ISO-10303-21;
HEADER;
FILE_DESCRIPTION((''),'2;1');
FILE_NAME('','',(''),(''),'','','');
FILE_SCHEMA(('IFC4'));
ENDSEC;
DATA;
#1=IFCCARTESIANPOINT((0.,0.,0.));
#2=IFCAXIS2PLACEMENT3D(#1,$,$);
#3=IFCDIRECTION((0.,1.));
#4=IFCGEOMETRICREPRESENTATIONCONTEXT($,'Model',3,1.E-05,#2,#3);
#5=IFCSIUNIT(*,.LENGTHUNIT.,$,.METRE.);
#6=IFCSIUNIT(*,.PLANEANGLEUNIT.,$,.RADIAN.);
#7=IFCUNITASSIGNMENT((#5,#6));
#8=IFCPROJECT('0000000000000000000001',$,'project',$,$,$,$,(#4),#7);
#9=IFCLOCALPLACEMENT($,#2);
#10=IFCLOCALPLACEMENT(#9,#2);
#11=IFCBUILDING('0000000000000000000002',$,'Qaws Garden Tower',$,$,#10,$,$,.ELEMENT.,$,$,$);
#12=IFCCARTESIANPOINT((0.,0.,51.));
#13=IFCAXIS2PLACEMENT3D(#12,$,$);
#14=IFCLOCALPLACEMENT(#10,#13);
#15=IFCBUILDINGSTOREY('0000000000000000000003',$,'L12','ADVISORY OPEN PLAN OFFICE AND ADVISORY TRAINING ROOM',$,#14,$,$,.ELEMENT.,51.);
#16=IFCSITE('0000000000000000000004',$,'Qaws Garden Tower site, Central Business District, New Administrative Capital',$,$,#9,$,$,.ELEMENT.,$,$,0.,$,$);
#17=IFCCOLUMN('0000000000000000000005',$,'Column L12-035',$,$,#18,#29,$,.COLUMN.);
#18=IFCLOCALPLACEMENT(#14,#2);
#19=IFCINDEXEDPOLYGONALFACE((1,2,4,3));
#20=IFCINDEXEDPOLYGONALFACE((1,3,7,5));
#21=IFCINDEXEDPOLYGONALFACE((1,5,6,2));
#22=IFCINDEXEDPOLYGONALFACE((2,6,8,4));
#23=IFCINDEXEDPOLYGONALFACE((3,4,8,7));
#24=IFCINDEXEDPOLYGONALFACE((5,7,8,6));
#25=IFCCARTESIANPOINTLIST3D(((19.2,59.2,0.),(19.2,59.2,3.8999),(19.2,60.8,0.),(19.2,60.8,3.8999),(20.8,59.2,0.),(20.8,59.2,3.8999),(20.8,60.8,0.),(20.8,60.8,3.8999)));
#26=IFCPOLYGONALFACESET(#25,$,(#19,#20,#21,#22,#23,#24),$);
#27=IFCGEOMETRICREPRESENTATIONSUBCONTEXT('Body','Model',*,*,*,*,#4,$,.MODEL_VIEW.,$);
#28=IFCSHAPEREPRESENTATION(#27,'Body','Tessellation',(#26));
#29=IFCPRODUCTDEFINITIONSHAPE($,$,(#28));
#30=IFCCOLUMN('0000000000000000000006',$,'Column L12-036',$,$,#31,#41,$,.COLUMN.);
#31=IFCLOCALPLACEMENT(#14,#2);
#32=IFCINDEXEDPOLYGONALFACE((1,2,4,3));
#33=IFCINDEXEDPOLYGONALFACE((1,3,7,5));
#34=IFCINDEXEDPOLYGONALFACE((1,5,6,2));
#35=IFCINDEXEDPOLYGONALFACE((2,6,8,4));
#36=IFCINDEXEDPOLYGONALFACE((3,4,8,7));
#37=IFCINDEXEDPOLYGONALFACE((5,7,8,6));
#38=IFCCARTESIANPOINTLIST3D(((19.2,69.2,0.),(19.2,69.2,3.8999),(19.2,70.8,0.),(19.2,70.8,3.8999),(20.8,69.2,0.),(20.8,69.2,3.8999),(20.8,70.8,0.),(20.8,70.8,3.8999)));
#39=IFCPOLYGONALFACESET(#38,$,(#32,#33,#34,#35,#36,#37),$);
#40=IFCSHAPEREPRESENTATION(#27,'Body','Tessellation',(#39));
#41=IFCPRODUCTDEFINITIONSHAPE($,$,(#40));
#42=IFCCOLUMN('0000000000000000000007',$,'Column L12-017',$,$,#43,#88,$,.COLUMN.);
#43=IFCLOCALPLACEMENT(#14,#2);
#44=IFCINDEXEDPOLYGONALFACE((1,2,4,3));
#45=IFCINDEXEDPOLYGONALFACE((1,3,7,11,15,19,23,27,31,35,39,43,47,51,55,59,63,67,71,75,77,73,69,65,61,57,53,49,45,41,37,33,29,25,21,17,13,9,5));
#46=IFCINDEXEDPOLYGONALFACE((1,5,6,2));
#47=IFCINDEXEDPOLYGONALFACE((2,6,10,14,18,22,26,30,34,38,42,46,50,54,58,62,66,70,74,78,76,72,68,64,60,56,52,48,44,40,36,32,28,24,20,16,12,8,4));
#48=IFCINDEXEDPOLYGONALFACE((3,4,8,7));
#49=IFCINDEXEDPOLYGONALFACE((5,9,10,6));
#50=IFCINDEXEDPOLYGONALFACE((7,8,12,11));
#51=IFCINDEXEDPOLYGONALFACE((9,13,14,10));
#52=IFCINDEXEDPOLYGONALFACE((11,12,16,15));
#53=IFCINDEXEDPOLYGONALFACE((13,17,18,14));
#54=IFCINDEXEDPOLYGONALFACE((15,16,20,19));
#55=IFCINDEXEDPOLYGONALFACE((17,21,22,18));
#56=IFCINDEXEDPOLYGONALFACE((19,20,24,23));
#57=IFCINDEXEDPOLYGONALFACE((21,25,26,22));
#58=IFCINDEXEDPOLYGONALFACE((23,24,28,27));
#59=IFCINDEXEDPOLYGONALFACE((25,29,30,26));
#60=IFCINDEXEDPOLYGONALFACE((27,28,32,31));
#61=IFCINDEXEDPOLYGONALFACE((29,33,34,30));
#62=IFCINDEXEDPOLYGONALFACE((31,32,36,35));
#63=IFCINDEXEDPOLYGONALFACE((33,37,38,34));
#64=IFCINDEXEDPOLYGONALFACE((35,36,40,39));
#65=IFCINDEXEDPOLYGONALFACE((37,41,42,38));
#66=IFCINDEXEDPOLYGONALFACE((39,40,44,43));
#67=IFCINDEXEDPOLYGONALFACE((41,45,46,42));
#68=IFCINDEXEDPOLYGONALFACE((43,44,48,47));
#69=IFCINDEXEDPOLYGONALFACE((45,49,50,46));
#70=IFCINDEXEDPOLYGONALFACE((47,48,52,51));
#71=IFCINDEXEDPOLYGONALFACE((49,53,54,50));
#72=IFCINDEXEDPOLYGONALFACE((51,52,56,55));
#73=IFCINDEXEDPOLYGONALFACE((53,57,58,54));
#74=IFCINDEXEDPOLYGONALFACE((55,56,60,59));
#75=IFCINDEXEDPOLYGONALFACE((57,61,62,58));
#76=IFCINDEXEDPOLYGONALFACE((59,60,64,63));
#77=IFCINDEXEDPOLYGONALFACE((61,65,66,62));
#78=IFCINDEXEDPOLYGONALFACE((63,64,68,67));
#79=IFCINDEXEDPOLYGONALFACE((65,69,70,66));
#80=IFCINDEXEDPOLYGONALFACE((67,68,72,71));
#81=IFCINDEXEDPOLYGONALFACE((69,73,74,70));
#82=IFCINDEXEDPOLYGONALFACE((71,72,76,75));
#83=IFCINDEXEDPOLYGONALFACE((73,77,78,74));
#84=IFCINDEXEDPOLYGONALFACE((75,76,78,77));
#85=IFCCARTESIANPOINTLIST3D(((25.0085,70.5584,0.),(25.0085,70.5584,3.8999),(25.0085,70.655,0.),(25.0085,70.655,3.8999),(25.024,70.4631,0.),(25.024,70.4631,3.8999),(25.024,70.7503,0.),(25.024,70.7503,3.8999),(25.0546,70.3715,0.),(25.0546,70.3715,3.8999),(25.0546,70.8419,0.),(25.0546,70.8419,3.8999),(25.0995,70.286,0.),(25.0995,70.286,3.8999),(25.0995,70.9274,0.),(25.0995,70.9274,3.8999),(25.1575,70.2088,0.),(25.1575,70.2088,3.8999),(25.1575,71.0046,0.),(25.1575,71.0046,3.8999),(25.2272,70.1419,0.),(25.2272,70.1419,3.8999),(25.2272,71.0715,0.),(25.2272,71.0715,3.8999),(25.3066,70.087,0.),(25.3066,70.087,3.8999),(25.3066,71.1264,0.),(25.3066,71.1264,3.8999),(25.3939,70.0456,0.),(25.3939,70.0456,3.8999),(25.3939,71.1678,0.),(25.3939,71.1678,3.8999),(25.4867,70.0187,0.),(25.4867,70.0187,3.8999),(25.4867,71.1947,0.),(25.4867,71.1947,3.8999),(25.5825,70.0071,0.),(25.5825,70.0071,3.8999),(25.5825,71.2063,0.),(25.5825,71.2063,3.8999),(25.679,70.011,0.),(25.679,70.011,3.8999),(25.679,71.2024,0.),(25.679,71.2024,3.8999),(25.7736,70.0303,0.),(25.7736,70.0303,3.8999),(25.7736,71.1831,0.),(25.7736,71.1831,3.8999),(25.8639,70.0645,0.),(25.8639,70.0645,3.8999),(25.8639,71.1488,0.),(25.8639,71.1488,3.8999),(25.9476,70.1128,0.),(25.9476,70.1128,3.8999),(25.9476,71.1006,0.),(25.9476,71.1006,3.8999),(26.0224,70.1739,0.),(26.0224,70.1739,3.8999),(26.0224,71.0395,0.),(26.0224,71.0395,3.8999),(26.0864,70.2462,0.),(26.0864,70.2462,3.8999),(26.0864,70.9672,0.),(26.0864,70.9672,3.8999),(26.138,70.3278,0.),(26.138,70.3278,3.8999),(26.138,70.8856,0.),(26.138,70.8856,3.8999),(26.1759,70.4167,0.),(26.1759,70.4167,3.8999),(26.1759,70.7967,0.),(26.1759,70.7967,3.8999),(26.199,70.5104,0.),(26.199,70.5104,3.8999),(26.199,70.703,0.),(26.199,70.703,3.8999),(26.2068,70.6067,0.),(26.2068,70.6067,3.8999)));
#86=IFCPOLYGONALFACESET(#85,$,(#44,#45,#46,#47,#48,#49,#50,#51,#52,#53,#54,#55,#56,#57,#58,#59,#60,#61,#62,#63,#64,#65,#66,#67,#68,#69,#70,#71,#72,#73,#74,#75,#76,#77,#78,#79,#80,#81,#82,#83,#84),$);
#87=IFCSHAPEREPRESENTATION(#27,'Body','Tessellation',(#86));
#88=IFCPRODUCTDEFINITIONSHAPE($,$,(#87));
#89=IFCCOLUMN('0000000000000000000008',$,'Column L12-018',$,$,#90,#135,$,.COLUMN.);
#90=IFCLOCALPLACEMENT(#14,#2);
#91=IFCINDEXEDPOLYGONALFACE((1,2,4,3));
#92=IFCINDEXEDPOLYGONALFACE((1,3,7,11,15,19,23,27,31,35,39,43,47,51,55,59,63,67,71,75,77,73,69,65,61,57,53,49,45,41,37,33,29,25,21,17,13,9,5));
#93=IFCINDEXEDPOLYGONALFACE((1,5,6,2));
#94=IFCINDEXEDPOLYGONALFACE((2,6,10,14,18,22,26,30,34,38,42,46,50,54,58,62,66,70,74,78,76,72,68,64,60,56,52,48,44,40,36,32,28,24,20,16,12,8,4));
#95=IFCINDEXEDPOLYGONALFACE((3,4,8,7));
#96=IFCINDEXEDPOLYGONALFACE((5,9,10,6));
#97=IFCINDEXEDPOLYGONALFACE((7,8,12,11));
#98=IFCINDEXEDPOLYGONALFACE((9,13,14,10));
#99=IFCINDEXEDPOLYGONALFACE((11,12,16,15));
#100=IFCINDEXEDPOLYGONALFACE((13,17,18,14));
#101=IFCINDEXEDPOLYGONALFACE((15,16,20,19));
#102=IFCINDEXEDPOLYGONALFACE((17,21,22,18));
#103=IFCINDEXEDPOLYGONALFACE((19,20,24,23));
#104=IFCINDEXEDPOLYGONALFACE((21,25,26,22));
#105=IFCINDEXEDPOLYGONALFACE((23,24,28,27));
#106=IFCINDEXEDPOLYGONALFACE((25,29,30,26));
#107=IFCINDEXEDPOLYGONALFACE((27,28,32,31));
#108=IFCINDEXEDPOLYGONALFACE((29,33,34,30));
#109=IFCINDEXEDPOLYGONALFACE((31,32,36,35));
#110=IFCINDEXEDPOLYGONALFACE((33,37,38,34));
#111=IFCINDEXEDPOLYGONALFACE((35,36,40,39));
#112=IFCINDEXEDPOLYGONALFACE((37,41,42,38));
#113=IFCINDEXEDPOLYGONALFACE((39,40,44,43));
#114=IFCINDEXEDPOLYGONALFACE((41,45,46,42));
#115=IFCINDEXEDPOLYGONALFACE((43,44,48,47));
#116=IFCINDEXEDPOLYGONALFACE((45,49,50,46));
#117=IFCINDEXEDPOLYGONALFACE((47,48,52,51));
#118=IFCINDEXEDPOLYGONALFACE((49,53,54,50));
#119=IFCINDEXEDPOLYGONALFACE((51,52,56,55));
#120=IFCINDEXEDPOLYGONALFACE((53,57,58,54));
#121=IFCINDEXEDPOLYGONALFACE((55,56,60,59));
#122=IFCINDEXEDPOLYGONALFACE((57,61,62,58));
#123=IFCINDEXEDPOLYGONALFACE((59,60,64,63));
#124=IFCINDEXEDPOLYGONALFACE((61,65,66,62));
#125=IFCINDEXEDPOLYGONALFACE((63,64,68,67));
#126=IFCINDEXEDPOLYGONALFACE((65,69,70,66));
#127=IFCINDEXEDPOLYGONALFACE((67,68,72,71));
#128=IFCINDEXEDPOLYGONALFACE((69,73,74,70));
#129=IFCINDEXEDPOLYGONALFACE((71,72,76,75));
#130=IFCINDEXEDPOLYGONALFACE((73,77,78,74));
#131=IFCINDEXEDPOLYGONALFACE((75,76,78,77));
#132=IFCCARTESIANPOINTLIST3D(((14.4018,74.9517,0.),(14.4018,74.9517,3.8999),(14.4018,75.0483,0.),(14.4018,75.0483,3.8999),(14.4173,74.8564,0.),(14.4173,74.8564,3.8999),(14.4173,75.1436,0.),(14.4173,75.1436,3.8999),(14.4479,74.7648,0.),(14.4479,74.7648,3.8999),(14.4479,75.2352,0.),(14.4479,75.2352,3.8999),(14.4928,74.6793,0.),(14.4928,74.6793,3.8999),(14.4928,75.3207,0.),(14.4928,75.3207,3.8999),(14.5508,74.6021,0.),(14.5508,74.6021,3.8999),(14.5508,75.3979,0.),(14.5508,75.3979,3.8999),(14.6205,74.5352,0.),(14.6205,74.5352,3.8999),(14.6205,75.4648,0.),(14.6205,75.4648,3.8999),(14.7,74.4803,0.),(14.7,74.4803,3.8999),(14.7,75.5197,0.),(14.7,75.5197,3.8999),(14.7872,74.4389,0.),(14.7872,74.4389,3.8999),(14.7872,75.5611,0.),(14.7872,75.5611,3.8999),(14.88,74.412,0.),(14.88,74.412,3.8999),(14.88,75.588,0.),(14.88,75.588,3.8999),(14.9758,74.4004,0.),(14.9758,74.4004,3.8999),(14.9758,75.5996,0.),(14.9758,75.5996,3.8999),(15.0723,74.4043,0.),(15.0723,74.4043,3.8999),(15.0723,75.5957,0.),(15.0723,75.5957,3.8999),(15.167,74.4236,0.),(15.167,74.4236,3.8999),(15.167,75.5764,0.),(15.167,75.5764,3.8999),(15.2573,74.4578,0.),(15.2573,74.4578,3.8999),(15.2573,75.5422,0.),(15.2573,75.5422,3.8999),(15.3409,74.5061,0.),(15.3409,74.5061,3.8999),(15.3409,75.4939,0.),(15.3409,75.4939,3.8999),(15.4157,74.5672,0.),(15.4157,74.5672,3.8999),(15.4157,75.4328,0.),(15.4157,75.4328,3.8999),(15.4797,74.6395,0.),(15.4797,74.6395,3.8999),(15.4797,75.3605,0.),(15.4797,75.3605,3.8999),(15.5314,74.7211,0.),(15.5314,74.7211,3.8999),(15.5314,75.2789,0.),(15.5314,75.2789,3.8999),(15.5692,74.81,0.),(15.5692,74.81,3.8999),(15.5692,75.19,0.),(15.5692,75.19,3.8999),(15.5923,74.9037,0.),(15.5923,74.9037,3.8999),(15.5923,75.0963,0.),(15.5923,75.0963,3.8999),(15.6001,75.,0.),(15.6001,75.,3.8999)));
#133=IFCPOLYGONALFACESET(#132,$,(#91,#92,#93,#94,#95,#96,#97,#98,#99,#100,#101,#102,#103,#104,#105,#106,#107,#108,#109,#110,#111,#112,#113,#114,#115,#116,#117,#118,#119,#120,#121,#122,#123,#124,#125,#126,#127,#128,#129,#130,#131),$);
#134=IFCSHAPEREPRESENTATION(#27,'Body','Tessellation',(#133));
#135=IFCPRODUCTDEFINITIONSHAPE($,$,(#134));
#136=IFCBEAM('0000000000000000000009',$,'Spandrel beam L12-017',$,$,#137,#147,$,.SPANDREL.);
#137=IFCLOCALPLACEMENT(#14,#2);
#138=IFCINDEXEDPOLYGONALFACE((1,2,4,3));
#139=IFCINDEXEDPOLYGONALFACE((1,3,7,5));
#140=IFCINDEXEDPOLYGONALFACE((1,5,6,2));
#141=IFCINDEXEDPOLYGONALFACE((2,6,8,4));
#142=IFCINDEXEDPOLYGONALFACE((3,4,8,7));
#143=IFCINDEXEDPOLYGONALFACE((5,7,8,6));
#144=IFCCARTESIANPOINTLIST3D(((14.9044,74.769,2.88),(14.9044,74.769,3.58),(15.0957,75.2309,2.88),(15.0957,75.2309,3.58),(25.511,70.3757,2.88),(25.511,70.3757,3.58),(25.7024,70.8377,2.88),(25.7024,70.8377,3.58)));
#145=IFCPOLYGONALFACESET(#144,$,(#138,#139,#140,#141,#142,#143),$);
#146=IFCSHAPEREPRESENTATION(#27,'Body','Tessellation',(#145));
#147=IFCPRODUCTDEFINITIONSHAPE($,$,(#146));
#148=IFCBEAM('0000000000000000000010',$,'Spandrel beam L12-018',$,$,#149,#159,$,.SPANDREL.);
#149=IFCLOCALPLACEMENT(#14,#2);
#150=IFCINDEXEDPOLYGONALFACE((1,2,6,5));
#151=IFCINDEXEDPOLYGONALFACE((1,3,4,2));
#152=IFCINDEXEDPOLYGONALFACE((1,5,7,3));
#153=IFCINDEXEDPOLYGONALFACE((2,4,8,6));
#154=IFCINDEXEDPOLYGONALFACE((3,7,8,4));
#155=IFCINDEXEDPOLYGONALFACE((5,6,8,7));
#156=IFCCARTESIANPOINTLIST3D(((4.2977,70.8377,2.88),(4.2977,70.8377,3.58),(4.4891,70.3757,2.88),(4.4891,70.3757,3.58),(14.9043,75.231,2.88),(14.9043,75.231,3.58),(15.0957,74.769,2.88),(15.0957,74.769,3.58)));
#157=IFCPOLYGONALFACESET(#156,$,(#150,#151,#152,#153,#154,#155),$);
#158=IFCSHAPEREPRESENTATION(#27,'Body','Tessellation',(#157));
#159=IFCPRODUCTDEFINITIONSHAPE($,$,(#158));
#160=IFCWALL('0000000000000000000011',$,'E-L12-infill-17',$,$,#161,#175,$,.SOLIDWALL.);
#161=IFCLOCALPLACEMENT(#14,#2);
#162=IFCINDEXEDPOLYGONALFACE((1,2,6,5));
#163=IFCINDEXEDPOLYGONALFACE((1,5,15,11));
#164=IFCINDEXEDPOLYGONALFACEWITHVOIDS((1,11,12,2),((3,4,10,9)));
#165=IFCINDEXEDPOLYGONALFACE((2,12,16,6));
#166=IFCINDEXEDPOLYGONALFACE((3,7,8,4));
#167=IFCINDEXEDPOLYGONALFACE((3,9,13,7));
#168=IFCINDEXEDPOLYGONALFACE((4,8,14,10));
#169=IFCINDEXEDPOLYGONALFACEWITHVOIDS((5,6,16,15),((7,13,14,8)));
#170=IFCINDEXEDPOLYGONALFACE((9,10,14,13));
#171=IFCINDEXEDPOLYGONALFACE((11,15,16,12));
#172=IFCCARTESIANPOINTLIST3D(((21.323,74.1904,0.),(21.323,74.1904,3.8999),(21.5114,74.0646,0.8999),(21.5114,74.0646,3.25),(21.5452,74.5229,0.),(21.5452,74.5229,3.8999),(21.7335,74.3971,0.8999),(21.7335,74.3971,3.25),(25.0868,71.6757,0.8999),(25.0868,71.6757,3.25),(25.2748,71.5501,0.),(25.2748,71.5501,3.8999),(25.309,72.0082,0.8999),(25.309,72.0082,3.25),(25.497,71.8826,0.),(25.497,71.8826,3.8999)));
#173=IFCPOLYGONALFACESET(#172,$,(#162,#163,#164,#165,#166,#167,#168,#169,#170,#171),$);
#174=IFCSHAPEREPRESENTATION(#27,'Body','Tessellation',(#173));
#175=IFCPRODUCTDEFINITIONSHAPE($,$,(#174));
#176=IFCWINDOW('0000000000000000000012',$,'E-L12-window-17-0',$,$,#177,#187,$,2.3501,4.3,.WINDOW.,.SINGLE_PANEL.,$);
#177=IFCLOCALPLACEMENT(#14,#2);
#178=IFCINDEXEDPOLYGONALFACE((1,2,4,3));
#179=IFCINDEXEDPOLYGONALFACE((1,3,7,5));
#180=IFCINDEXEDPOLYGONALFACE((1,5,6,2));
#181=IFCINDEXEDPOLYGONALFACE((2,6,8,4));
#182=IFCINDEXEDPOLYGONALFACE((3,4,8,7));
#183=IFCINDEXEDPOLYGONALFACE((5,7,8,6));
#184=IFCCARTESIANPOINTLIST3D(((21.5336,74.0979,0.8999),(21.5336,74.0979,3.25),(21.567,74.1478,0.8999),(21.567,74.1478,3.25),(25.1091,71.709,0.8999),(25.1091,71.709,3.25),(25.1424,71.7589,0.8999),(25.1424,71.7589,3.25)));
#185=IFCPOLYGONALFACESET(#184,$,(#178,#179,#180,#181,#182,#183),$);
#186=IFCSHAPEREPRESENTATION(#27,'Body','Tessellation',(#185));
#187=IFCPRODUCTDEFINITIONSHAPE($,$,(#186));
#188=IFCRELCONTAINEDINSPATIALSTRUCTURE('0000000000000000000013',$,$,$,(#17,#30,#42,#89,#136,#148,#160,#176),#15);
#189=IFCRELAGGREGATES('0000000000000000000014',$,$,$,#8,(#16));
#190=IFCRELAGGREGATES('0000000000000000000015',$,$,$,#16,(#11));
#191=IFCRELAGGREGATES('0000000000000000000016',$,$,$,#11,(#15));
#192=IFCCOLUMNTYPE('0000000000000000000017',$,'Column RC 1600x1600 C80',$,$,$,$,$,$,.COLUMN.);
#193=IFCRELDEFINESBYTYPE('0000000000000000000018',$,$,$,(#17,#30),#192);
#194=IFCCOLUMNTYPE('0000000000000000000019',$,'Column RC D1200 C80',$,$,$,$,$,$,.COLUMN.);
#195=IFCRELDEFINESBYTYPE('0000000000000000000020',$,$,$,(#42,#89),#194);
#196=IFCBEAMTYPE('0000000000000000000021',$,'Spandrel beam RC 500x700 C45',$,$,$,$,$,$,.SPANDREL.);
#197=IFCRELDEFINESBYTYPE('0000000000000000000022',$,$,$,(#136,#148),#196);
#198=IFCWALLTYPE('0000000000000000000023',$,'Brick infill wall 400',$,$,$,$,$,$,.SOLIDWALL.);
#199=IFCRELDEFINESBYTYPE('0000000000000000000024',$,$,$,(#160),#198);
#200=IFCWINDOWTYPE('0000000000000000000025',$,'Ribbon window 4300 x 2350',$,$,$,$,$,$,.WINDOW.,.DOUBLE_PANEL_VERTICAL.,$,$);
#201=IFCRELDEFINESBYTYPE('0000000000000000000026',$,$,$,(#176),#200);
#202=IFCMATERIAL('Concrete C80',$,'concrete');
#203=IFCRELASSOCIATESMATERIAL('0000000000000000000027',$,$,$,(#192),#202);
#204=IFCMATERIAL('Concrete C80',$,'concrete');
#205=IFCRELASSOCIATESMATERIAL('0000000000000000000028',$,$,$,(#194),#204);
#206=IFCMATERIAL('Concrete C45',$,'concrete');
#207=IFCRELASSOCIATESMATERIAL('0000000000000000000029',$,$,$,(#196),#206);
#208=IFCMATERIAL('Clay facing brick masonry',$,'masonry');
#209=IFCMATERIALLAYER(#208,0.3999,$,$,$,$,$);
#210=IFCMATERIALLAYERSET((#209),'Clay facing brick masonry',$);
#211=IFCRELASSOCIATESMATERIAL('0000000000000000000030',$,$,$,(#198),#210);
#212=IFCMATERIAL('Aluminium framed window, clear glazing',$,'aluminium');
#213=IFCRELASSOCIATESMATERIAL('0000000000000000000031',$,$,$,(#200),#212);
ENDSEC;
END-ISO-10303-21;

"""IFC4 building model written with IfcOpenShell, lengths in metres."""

from ifc_helpers import new_model, si_unit, direction, frame, frame_2d, origin, origin_2d, place, context, subcontext, project, spatial, rectangle, circle, extrude, material, layer, layer_set, material_profile, profile_set, type_object, element, fill, save


model = new_model("IFC4")

# Units and contexts
model_context = context("Model", 3, precision=1e-05, world=origin(), true_north=direction((0.0, 1.0)))
body_context = subcontext(model_context, "Body", "Model", "MODEL_VIEW")
ifc_project = project(units=[si_unit("LENGTHUNIT", "METRE"), si_unit("PLANEANGLEUNIT", "RADIAN")], contexts=[model_context])

# Site, building, storey
site_placement = place(None, origin())
site = spatial("IfcSite", under=ifc_project, at=site_placement, Name="Qaws Garden Tower site, Central Business District, New Administrative Capital", CompositionType="ELEMENT", RefElevation=0.0)
building_placement = place(site_placement, origin())
building = spatial("IfcBuilding", under=site, at=building_placement, Name="Qaws Garden Tower", CompositionType="ELEMENT")
storey_placement = place(building_placement, frame((0.0, 0.0, 51.0)))
storey = spatial("IfcBuildingStorey", under=building, at=storey_placement, Name="L12", Description="ADVISORY OPEN PLAN OFFICE AND ADVISORY TRAINING ROOM", CompositionType="ELEMENT", Elevation=51.0)

# Columns
ifc_material_1 = material(Name="Concrete C80", Category="concrete")
ifc_material_profile_1 = material_profile(ifc_material_1, rectangle(XDim=1.6001, YDim=1.6001, at=origin_2d()), Name="RC 1600x1600")
ifc_profile_set_1 = profile_set([ifc_material_profile_1], Name="Concrete C80")
column_type_1 = type_object("IfcColumnType", Name="Column RC 1600x1600 C80", PredefinedType="COLUMN", material=ifc_profile_set_1)
for number, where, z_axis, x_axis, name in (
    (1, (20.0, 60.0, 0.0), (0.0, 0.0, 1.0), (1.0, 0.0, 0.0), "Column L12-035"),
    (2, (20.0, 70.0, 0.0), (0.0, 0.0, 1.0), (1.0, 0.0, 0.0), "Column L12-036"),
):
    element("IfcColumn", number, at=place(storey_placement, frame(where, z_axis=z_axis, x_axis=x_axis)), inside=storey, type_object=column_type_1, Name=name, PredefinedType="COLUMN", context=body_context, shape_type="SweptSolid", body=[
        extrude(rectangle(XDim=1.6001, YDim=1.6001, at=origin_2d()), origin(), (0.0, 0.0, 1.0), 3.8999),
    ])
ifc_material_2 = material(Name="Concrete C80", Category="concrete")
ifc_material_profile_2 = material_profile(ifc_material_2, circle(Radius=0.6001, at=origin_2d()), Name="RC D1200")
ifc_profile_set_2 = profile_set([ifc_material_profile_2], Name="Concrete C80")
column_type_2 = type_object("IfcColumnType", Name="Column RC D1200 C80", PredefinedType="COLUMN", material=ifc_profile_set_2)
for number, where, z_axis, x_axis, name in (
    (3, (25.6067, 70.6067, 0.0), (0.0, 0.0, 1.0), (1.0, 0.0, 0.0), "Column L12-017"),
    (4, (15.0, 75.0, 0.0), (0.0, 0.0, 1.0), (1.0, 0.0, 0.0), "Column L12-018"),
):
    element("IfcColumn", number, at=place(storey_placement, frame(where, z_axis=z_axis, x_axis=x_axis)), inside=storey, type_object=column_type_2, Name=name, PredefinedType="COLUMN", context=body_context, shape_type="SweptSolid", body=[
        extrude(circle(Radius=0.6001, at=origin_2d()), origin(), (0.0, 0.0, 1.0), 3.8999),
    ])

# Beams
ifc_material_3 = material(Name="Concrete C45", Category="concrete")
ifc_material_profile_3 = material_profile(ifc_material_3, rectangle(XDim=0.5, YDim=0.7, at=origin_2d()), Name="RC 500x700")
ifc_profile_set_3 = profile_set([ifc_material_profile_3], Name="Concrete C45")
beam_type = type_object("IfcBeamType", Name="Spandrel beam RC 500x700 C45", PredefinedType="SPANDREL", material=ifc_profile_set_3)
for number, where, z_axis, x_axis, name in (
    (5, (25.6067, 70.6067, 3.23), (-0.923883, 0.382674, 0.0), (-0.382674, -0.923883, 0.0), "Spandrel beam L12-017"),
    (6, (15.0, 75.0, 3.23), (-0.923883, -0.382674, 0.0), (0.382674, -0.923883, 0.0), "Spandrel beam L12-018"),
):
    element("IfcBeam", number, at=place(storey_placement, frame(where, z_axis=z_axis, x_axis=x_axis)), inside=storey, type_object=beam_type, Name=name, PredefinedType="SPANDREL", context=body_context, shape_type="SweptSolid", body=[
        extrude(rectangle(XDim=0.5, YDim=0.7, at=origin_2d()), origin(), (0.0, 0.0, 1.0), 11.4805),
    ])

# Wall, opening, window
ifc_material_4 = material(Name="Clay facing brick masonry", Category="masonry")
ifc_layer_1 = layer(ifc_material_4, 0.3999)
ifc_layer_set_1 = layer_set([ifc_layer_1], Name="Clay facing brick masonry")
wall_type_1 = type_object("IfcWallType", Name="Brick infill wall 400", PredefinedType="SOLIDWALL", material=ifc_layer_set_1)
wall_1_placement = place(storey_placement, frame((25.386, 71.7163, 0.0), z_axis=(0.0, 0.0, 1.0), x_axis=(-0.831489, 0.555542, 0.0)))
wall_1 = element("IfcWall", 7, at=wall_1_placement, inside=storey, type_object=wall_type_1, Name="E-L12-infill-17", PredefinedType="SOLIDWALL", context=body_context, shape_type="SweptSolid", body=[
    extrude(rectangle(XDim=4.7527, YDim=0.3999, at=frame_2d((2.3765, 0.0))), origin(), (0.0, 0.0, 1.0), 3.8999),
])
opening_1_placement = place(wall_1_placement, frame((0.2263, 0.0, 0.8999)))
opening_1 = element("IfcOpeningElement", 8, at=opening_1_placement, cuts=wall_1, PredefinedType="OPENING", context=body_context, shape_type="SweptSolid", body=[
    extrude(rectangle(XDim=4.3, YDim=2.3501, at=frame_2d((2.1499, 1.175))), frame((0.0, 0.21, 0.0), z_axis=(0.0, -1.0, 0.0), x_axis=(1.0, 0.0, 0.0)), (0.0, 0.0, 1.0), 0.4199),
])
ifc_material_5 = material(Name="Aluminium framed window, clear glazing", Category="aluminium")
window_type = type_object("IfcWindowType", Name="Ribbon window 4300 x 2350", PartitioningType="DOUBLE_PANEL_VERTICAL", PredefinedType="WINDOW", material=ifc_material_5)
window_1_placement = place(opening_1_placement, origin())
window_1 = element("IfcWindow", 9, at=window_1_placement, inside=storey, type_object=window_type, Name="E-L12-window-17-0", OverallHeight=2.3501, OverallWidth=4.3, PartitioningType="SINGLE_PANEL", PredefinedType="WINDOW", context=body_context, shape_type="SweptSolid", body=[
    extrude(rectangle(XDim=4.3, YDim=2.3501, at=frame_2d((2.1499, 1.175))), frame((0.0, 0.1599, 0.0), z_axis=(0.0, -1.0, 0.0), x_axis=(1.0, 0.0, 0.0)), (0.0, 0.0, 1.0), 0.0601),
])
fill(opening_1, window_1)

save(model, "model.ifc")
